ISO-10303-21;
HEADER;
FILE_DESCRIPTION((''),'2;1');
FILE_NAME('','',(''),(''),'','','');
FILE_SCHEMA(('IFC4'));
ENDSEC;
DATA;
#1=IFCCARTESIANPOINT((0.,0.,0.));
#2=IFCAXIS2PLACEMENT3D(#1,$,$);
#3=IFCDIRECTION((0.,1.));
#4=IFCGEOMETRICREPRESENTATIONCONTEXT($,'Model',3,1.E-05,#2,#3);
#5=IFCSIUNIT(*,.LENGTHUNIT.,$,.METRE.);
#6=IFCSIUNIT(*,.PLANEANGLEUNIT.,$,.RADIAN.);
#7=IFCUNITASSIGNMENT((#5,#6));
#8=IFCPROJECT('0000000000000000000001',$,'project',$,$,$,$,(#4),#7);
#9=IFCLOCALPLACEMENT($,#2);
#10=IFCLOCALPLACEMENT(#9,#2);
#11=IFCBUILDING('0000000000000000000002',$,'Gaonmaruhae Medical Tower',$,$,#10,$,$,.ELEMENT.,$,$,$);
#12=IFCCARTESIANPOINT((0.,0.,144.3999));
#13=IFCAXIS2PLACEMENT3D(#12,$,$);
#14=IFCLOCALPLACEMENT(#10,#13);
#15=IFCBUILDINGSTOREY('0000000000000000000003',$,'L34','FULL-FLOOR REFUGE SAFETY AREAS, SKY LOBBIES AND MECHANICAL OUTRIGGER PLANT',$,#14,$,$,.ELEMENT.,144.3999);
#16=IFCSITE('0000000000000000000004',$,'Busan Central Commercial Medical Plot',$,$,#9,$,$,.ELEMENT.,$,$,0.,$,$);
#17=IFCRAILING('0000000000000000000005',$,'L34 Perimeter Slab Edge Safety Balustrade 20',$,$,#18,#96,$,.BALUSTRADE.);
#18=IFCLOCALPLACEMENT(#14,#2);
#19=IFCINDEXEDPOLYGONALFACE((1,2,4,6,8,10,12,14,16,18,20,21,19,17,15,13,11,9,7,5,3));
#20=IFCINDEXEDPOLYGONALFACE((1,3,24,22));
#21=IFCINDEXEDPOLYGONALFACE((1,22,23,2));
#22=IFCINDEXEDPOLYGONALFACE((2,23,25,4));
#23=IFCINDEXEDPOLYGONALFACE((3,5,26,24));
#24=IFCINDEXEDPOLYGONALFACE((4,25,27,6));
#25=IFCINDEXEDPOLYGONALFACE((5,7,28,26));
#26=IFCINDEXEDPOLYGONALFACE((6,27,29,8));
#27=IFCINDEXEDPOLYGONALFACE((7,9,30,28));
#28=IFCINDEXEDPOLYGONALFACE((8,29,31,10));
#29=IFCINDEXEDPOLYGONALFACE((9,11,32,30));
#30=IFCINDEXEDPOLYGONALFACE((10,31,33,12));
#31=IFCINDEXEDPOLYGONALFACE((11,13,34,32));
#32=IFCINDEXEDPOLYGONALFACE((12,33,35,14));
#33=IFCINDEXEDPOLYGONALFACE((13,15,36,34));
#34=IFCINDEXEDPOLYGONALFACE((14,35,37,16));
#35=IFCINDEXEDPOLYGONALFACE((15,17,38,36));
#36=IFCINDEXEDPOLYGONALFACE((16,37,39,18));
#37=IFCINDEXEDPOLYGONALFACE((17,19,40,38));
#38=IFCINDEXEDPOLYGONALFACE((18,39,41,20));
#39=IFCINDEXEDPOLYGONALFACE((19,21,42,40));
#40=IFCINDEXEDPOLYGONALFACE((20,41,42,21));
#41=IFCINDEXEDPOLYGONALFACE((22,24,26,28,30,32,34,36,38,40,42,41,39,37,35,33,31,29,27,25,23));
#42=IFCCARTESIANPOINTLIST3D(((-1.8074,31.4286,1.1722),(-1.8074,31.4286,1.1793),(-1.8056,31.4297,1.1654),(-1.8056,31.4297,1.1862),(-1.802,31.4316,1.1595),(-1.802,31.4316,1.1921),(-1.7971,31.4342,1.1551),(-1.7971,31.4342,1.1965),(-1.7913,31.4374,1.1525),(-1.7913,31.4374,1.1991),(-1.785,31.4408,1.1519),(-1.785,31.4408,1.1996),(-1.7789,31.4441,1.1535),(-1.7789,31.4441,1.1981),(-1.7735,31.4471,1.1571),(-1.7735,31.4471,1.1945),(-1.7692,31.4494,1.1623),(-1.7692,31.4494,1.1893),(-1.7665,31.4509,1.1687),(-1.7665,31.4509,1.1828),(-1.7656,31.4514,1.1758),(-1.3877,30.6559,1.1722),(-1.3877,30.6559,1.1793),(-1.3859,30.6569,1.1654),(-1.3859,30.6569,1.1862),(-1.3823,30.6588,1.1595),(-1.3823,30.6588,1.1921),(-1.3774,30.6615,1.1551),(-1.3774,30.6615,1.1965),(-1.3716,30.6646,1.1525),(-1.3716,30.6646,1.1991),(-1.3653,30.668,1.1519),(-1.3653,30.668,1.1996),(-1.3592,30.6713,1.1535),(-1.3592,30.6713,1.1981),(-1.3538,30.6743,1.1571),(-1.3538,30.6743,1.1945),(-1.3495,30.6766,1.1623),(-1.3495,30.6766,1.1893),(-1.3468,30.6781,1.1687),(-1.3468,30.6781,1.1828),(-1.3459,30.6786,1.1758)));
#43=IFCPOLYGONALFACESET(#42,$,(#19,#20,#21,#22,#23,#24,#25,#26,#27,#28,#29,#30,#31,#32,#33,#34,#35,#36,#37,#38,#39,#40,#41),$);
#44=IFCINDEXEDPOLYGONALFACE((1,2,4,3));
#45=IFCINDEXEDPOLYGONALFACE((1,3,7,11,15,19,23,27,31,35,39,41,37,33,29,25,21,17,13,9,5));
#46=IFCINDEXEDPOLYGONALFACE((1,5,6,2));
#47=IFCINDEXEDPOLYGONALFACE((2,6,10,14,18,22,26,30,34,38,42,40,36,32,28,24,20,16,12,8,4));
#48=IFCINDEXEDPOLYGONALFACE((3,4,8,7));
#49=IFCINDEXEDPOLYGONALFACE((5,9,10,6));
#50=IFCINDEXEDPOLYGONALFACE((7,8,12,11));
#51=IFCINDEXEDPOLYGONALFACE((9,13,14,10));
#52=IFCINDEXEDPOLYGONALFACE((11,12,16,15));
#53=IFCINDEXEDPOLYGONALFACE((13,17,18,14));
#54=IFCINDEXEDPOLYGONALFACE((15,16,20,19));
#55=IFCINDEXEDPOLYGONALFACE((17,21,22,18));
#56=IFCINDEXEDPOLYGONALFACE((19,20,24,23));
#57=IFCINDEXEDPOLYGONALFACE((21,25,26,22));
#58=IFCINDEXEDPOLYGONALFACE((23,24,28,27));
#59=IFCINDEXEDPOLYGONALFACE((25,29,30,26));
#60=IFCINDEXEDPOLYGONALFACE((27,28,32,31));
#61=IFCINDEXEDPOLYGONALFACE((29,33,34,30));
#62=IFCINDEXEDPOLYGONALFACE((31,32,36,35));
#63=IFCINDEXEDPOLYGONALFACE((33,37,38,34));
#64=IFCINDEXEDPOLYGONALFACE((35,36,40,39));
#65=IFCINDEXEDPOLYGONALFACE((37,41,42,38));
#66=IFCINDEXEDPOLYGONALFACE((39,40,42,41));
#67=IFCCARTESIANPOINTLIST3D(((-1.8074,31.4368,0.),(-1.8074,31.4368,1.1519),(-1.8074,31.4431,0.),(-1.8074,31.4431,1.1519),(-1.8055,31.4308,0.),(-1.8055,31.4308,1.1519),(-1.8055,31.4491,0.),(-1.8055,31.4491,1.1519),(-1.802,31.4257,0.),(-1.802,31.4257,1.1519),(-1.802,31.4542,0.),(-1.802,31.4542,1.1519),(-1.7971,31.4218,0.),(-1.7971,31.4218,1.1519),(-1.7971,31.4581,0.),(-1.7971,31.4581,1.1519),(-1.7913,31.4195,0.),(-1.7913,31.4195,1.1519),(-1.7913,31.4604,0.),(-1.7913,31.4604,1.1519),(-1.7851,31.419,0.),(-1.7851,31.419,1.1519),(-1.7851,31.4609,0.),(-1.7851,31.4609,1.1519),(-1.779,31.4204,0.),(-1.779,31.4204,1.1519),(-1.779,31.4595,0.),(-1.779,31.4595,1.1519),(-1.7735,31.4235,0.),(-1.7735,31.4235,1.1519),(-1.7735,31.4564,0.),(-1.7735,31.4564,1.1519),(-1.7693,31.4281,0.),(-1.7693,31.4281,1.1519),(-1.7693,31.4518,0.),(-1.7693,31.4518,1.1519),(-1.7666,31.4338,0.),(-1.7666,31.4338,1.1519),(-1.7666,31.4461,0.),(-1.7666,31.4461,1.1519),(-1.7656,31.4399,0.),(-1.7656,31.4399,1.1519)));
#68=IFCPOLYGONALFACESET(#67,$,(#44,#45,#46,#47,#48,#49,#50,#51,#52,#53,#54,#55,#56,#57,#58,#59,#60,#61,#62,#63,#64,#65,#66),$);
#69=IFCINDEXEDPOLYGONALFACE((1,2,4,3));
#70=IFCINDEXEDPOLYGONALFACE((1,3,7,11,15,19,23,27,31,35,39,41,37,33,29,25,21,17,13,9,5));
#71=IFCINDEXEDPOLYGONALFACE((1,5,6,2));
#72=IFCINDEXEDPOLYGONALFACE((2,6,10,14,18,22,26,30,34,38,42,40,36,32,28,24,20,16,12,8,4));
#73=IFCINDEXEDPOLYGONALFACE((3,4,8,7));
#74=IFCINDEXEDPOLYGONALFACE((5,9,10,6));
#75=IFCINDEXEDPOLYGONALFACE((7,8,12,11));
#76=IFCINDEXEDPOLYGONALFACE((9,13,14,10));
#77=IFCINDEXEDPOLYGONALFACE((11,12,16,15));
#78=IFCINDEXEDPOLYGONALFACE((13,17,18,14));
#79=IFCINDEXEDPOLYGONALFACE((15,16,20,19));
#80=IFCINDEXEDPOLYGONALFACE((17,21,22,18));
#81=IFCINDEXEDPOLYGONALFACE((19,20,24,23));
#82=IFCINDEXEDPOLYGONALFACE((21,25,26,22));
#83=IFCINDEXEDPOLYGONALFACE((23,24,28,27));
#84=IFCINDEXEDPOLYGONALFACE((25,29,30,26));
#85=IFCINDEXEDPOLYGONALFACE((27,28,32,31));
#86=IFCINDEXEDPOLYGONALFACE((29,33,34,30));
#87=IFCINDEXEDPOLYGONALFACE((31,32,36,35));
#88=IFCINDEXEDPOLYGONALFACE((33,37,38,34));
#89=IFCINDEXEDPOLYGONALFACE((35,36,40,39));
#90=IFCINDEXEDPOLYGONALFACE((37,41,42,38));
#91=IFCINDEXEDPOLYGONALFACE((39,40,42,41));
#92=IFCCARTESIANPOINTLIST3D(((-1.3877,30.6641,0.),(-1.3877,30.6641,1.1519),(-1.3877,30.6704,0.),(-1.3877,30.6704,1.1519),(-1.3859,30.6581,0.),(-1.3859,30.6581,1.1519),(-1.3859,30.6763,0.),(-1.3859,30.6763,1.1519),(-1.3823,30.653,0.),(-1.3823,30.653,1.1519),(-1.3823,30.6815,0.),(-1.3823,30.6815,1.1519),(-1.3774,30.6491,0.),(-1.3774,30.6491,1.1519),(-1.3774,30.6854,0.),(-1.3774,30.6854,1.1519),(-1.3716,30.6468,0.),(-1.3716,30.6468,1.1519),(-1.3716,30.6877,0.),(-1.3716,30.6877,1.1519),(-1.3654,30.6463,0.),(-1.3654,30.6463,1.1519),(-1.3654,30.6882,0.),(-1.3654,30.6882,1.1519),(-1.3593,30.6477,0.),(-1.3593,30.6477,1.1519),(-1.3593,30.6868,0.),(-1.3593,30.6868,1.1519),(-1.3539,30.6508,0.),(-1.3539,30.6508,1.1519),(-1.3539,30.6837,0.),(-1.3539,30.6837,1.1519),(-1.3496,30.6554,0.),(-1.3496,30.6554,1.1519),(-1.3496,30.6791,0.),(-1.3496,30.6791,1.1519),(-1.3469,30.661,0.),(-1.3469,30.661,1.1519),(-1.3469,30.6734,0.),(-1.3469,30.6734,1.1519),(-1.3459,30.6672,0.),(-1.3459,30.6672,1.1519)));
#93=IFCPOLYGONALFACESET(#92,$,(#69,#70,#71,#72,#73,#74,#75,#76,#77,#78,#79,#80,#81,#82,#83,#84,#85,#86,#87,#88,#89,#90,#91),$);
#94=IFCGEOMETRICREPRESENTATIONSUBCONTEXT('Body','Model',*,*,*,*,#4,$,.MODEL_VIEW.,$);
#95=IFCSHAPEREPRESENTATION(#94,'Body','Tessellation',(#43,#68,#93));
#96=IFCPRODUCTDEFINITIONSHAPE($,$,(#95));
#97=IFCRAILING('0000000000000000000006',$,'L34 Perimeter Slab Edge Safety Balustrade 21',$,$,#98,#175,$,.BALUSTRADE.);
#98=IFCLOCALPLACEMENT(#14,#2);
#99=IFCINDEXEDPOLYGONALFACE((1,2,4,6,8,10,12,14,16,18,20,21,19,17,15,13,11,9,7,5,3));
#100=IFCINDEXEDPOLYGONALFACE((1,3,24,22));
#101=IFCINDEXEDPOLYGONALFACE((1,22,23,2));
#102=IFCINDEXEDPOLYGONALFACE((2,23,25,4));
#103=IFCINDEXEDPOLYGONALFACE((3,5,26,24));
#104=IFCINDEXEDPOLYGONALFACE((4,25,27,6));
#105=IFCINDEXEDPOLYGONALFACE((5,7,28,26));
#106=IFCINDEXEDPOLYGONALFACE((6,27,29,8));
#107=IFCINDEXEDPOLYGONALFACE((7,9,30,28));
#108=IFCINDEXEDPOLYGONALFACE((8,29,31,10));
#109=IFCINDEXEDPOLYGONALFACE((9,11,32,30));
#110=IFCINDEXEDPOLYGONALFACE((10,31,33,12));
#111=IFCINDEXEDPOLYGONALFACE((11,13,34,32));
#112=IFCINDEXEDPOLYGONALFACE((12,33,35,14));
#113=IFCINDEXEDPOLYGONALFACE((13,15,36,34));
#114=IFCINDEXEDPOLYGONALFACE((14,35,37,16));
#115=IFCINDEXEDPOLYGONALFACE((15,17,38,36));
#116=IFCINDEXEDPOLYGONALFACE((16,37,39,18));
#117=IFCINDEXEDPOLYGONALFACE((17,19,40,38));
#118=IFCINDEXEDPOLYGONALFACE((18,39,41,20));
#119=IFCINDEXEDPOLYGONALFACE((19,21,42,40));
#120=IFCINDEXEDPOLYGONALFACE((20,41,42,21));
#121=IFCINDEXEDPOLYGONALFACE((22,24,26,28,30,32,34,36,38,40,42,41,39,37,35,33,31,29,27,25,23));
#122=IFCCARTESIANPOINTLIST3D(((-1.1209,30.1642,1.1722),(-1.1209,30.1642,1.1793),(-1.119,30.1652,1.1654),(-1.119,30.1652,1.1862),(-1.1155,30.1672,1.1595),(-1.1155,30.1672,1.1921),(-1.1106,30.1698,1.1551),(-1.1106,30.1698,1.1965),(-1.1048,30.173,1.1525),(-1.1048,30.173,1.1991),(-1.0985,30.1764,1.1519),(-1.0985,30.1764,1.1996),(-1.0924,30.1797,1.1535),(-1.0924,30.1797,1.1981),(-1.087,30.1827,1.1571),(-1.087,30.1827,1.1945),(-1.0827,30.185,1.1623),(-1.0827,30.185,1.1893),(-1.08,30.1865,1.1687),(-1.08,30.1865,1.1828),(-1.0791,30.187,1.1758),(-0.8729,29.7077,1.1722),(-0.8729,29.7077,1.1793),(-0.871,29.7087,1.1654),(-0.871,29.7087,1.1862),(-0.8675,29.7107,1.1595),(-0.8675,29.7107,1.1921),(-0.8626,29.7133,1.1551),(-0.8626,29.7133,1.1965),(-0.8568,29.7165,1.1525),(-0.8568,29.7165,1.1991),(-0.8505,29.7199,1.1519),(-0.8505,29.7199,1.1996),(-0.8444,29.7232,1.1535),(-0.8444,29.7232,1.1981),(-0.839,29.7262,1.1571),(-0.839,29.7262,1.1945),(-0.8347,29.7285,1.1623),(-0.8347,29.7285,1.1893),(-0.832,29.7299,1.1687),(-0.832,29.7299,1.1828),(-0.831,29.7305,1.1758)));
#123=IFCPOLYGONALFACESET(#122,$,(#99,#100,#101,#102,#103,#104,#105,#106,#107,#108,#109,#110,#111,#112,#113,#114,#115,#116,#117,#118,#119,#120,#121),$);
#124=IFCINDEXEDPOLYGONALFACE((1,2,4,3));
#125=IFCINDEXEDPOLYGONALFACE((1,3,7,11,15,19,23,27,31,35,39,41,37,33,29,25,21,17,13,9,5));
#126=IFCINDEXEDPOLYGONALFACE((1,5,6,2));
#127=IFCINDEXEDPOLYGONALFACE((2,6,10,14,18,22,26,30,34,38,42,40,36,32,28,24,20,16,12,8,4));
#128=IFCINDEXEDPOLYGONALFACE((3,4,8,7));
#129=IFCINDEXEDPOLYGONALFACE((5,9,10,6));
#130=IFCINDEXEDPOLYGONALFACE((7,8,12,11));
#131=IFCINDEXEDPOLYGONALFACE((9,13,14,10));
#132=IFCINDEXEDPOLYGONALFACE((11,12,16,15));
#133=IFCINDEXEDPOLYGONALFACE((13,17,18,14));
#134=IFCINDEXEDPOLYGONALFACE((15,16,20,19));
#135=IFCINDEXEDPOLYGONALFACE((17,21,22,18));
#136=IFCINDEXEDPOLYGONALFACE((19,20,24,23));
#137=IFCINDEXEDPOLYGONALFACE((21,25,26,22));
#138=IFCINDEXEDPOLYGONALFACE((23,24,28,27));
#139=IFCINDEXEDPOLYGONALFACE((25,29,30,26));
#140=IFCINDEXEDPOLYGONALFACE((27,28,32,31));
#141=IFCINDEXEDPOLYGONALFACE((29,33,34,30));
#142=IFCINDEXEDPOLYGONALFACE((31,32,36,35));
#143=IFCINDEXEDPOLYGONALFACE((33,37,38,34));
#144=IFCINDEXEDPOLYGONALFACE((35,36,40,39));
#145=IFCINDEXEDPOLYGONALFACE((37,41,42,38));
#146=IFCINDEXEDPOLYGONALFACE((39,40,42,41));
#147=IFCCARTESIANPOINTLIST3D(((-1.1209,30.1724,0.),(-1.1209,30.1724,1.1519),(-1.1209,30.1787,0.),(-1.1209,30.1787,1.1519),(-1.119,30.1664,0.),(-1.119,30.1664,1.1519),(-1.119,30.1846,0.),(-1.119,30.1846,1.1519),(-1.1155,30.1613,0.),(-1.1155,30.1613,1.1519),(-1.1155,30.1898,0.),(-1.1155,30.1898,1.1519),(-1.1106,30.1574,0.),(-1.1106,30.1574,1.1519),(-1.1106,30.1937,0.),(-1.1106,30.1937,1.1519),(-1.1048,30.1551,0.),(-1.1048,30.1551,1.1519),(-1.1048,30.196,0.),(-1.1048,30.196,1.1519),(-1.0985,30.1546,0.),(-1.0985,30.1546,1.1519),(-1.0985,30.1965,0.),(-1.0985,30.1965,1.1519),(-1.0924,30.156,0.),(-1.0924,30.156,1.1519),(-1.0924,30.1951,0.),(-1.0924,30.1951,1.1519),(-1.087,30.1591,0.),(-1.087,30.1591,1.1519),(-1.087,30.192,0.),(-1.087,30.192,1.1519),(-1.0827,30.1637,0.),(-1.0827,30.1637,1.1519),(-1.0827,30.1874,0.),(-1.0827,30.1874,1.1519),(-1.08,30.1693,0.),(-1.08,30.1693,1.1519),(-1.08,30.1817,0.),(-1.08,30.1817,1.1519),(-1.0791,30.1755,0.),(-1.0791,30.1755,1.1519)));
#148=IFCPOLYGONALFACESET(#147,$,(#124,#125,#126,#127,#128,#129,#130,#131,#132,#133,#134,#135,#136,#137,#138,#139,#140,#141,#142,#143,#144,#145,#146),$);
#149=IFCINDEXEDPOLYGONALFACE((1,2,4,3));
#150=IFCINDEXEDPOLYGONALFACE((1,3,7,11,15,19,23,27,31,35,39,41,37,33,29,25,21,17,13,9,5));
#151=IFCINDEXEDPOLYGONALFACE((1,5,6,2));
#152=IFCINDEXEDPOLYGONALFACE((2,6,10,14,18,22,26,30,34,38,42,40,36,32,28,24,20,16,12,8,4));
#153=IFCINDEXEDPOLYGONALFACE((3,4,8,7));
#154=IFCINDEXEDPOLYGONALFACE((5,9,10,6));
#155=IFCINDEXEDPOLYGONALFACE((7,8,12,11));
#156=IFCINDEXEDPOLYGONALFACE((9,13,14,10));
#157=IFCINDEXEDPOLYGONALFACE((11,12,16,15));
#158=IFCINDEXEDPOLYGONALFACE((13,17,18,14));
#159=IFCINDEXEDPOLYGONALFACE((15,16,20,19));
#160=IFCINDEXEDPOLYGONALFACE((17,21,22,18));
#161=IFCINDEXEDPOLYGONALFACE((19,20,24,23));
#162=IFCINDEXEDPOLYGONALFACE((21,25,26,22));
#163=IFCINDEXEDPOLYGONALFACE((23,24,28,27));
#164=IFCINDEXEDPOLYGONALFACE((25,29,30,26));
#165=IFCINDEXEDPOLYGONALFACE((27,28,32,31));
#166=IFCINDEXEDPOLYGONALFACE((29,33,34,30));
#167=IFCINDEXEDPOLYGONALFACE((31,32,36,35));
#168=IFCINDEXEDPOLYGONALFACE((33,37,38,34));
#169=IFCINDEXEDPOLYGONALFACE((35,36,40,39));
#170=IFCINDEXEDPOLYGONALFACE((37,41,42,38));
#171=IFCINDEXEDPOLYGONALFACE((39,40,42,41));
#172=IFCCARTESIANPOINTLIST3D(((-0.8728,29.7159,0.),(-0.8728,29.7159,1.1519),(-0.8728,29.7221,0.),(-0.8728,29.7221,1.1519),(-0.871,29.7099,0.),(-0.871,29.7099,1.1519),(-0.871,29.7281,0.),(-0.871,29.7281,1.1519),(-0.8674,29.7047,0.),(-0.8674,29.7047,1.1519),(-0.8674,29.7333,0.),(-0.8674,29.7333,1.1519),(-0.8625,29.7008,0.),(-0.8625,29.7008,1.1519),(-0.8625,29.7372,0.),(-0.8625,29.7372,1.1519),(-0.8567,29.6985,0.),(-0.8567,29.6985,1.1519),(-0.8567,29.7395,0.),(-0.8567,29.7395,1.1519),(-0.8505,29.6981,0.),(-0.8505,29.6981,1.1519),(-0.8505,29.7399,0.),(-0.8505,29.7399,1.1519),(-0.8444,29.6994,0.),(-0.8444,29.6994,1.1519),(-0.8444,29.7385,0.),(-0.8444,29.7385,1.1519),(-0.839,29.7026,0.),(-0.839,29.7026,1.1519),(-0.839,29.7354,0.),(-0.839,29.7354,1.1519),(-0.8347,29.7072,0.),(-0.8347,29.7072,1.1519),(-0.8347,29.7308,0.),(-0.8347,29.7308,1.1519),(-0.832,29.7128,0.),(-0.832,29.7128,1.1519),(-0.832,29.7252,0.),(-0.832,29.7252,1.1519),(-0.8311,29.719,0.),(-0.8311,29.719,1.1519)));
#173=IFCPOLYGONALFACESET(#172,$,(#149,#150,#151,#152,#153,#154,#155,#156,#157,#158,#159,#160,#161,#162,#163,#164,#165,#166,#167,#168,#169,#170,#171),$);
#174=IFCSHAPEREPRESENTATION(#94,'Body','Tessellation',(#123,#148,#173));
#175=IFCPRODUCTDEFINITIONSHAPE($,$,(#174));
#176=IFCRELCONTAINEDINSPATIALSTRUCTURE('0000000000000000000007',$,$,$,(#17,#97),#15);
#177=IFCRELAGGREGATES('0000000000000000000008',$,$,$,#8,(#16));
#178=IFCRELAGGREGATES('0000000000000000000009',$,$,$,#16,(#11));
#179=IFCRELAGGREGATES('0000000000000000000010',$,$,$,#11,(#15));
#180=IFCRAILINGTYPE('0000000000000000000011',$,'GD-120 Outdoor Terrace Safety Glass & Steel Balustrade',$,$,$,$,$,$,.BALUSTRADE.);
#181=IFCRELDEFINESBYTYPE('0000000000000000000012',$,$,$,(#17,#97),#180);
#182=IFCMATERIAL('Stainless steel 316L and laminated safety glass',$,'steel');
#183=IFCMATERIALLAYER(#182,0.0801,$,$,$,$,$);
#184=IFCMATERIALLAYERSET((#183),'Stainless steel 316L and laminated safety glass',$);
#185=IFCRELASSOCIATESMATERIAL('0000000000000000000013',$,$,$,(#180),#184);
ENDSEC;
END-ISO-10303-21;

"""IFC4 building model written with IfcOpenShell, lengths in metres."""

from ifc_helpers import new_model, si_unit, direction, frame, origin, origin_2d, place, context, subcontext, project, spatial, circle, extrude, material, layer, layer_set, type_object, element, save


model = new_model("IFC4")

# Units and contexts
model_context = context("Model", 3, precision=1e-05, world=origin(), true_north=direction((0.0, 1.0)))
body_context = subcontext(model_context, "Body", "Model", "MODEL_VIEW")
ifc_project = project(units=[si_unit("LENGTHUNIT", "METRE"), si_unit("PLANEANGLEUNIT", "RADIAN")], contexts=[model_context])

# Site, building, storey
site_placement = place(None, origin())
site = spatial("IfcSite", under=ifc_project, at=site_placement, Name="Busan Central Commercial Medical Plot", CompositionType="ELEMENT", RefElevation=0.0)
building_placement = place(site_placement, origin())
building = spatial("IfcBuilding", under=site, at=building_placement, Name="Gaonmaruhae Medical Tower", CompositionType="ELEMENT")
storey_placement = place(building_placement, frame((0.0, 0.0, 144.3999)))
storey = spatial("IfcBuildingStorey", under=building, at=storey_placement, Name="L34", Description="FULL-FLOOR REFUGE SAFETY AREAS, SKY LOBBIES AND MECHANICAL OUTRIGGER PLANT", CompositionType="ELEMENT", Elevation=144.3999)

# Railings
ifc_material_1 = material(Name="Stainless steel 316L and laminated safety glass", Category="steel")
ifc_layer_1 = layer(ifc_material_1, 0.0801)
ifc_layer_set_1 = layer_set([ifc_layer_1], Name="Stainless steel 316L and laminated safety glass")
railing_type = type_object("IfcRailingType", Name="GD-120 Outdoor Terrace Safety Glass & Steel Balustrade", PredefinedType="BALUSTRADE", material=ifc_layer_set_1)
railing_1_placement = place(storey_placement, frame((-1.7866, 31.4399, 0.0)))
element("IfcRailing", 1, at=railing_1_placement, inside=storey, type_object=railing_type, Name="L34 Perimeter Slab Edge Safety Balustrade 20", PredefinedType="BALUSTRADE", context=body_context, shape_type="SweptSolid", body=[
    extrude(circle(Radius=0.0239, at=origin_2d()), frame((0.0, 0.0, 1.1758), z_axis=(0.477276, -0.878754, 0.0), x_axis=(0.878754, 0.477276, 0.0)), (0.0, 0.0, 1.0), 0.8794),
    extrude(circle(Radius=0.021, at=origin_2d()), origin(), (0.0, 0.0, 1.0), 1.1519),
    extrude(circle(Radius=0.021, at=origin_2d()), frame((0.4197, -0.7727, 0.0)), (0.0, 0.0, 1.0), 1.1519),
])
railing_2_placement = place(storey_placement, frame((-1.1001, 30.1755, 0.0)))
element("IfcRailing", 2, at=railing_2_placement, inside=storey, type_object=railing_type, Name="L34 Perimeter Slab Edge Safety Balustrade 21", PredefinedType="BALUSTRADE", context=body_context, shape_type="SweptSolid", body=[
    extrude(circle(Radius=0.0239, at=origin_2d()), frame((0.0, 0.0, 1.1758), z_axis=(0.477403, -0.878685, 0.0), x_axis=(0.878685, 0.477403, 0.0)), (0.0, 0.0, 1.0), 0.5195),
    extrude(circle(Radius=0.021, at=origin_2d()), origin(), (0.0, 0.0, 1.0), 1.1519),
    extrude(circle(Radius=0.021, at=origin_2d()), frame((0.248, -0.4565, 0.0)), (0.0, 0.0, 1.0), 1.1519),
])

save(model, "model.ifc")
